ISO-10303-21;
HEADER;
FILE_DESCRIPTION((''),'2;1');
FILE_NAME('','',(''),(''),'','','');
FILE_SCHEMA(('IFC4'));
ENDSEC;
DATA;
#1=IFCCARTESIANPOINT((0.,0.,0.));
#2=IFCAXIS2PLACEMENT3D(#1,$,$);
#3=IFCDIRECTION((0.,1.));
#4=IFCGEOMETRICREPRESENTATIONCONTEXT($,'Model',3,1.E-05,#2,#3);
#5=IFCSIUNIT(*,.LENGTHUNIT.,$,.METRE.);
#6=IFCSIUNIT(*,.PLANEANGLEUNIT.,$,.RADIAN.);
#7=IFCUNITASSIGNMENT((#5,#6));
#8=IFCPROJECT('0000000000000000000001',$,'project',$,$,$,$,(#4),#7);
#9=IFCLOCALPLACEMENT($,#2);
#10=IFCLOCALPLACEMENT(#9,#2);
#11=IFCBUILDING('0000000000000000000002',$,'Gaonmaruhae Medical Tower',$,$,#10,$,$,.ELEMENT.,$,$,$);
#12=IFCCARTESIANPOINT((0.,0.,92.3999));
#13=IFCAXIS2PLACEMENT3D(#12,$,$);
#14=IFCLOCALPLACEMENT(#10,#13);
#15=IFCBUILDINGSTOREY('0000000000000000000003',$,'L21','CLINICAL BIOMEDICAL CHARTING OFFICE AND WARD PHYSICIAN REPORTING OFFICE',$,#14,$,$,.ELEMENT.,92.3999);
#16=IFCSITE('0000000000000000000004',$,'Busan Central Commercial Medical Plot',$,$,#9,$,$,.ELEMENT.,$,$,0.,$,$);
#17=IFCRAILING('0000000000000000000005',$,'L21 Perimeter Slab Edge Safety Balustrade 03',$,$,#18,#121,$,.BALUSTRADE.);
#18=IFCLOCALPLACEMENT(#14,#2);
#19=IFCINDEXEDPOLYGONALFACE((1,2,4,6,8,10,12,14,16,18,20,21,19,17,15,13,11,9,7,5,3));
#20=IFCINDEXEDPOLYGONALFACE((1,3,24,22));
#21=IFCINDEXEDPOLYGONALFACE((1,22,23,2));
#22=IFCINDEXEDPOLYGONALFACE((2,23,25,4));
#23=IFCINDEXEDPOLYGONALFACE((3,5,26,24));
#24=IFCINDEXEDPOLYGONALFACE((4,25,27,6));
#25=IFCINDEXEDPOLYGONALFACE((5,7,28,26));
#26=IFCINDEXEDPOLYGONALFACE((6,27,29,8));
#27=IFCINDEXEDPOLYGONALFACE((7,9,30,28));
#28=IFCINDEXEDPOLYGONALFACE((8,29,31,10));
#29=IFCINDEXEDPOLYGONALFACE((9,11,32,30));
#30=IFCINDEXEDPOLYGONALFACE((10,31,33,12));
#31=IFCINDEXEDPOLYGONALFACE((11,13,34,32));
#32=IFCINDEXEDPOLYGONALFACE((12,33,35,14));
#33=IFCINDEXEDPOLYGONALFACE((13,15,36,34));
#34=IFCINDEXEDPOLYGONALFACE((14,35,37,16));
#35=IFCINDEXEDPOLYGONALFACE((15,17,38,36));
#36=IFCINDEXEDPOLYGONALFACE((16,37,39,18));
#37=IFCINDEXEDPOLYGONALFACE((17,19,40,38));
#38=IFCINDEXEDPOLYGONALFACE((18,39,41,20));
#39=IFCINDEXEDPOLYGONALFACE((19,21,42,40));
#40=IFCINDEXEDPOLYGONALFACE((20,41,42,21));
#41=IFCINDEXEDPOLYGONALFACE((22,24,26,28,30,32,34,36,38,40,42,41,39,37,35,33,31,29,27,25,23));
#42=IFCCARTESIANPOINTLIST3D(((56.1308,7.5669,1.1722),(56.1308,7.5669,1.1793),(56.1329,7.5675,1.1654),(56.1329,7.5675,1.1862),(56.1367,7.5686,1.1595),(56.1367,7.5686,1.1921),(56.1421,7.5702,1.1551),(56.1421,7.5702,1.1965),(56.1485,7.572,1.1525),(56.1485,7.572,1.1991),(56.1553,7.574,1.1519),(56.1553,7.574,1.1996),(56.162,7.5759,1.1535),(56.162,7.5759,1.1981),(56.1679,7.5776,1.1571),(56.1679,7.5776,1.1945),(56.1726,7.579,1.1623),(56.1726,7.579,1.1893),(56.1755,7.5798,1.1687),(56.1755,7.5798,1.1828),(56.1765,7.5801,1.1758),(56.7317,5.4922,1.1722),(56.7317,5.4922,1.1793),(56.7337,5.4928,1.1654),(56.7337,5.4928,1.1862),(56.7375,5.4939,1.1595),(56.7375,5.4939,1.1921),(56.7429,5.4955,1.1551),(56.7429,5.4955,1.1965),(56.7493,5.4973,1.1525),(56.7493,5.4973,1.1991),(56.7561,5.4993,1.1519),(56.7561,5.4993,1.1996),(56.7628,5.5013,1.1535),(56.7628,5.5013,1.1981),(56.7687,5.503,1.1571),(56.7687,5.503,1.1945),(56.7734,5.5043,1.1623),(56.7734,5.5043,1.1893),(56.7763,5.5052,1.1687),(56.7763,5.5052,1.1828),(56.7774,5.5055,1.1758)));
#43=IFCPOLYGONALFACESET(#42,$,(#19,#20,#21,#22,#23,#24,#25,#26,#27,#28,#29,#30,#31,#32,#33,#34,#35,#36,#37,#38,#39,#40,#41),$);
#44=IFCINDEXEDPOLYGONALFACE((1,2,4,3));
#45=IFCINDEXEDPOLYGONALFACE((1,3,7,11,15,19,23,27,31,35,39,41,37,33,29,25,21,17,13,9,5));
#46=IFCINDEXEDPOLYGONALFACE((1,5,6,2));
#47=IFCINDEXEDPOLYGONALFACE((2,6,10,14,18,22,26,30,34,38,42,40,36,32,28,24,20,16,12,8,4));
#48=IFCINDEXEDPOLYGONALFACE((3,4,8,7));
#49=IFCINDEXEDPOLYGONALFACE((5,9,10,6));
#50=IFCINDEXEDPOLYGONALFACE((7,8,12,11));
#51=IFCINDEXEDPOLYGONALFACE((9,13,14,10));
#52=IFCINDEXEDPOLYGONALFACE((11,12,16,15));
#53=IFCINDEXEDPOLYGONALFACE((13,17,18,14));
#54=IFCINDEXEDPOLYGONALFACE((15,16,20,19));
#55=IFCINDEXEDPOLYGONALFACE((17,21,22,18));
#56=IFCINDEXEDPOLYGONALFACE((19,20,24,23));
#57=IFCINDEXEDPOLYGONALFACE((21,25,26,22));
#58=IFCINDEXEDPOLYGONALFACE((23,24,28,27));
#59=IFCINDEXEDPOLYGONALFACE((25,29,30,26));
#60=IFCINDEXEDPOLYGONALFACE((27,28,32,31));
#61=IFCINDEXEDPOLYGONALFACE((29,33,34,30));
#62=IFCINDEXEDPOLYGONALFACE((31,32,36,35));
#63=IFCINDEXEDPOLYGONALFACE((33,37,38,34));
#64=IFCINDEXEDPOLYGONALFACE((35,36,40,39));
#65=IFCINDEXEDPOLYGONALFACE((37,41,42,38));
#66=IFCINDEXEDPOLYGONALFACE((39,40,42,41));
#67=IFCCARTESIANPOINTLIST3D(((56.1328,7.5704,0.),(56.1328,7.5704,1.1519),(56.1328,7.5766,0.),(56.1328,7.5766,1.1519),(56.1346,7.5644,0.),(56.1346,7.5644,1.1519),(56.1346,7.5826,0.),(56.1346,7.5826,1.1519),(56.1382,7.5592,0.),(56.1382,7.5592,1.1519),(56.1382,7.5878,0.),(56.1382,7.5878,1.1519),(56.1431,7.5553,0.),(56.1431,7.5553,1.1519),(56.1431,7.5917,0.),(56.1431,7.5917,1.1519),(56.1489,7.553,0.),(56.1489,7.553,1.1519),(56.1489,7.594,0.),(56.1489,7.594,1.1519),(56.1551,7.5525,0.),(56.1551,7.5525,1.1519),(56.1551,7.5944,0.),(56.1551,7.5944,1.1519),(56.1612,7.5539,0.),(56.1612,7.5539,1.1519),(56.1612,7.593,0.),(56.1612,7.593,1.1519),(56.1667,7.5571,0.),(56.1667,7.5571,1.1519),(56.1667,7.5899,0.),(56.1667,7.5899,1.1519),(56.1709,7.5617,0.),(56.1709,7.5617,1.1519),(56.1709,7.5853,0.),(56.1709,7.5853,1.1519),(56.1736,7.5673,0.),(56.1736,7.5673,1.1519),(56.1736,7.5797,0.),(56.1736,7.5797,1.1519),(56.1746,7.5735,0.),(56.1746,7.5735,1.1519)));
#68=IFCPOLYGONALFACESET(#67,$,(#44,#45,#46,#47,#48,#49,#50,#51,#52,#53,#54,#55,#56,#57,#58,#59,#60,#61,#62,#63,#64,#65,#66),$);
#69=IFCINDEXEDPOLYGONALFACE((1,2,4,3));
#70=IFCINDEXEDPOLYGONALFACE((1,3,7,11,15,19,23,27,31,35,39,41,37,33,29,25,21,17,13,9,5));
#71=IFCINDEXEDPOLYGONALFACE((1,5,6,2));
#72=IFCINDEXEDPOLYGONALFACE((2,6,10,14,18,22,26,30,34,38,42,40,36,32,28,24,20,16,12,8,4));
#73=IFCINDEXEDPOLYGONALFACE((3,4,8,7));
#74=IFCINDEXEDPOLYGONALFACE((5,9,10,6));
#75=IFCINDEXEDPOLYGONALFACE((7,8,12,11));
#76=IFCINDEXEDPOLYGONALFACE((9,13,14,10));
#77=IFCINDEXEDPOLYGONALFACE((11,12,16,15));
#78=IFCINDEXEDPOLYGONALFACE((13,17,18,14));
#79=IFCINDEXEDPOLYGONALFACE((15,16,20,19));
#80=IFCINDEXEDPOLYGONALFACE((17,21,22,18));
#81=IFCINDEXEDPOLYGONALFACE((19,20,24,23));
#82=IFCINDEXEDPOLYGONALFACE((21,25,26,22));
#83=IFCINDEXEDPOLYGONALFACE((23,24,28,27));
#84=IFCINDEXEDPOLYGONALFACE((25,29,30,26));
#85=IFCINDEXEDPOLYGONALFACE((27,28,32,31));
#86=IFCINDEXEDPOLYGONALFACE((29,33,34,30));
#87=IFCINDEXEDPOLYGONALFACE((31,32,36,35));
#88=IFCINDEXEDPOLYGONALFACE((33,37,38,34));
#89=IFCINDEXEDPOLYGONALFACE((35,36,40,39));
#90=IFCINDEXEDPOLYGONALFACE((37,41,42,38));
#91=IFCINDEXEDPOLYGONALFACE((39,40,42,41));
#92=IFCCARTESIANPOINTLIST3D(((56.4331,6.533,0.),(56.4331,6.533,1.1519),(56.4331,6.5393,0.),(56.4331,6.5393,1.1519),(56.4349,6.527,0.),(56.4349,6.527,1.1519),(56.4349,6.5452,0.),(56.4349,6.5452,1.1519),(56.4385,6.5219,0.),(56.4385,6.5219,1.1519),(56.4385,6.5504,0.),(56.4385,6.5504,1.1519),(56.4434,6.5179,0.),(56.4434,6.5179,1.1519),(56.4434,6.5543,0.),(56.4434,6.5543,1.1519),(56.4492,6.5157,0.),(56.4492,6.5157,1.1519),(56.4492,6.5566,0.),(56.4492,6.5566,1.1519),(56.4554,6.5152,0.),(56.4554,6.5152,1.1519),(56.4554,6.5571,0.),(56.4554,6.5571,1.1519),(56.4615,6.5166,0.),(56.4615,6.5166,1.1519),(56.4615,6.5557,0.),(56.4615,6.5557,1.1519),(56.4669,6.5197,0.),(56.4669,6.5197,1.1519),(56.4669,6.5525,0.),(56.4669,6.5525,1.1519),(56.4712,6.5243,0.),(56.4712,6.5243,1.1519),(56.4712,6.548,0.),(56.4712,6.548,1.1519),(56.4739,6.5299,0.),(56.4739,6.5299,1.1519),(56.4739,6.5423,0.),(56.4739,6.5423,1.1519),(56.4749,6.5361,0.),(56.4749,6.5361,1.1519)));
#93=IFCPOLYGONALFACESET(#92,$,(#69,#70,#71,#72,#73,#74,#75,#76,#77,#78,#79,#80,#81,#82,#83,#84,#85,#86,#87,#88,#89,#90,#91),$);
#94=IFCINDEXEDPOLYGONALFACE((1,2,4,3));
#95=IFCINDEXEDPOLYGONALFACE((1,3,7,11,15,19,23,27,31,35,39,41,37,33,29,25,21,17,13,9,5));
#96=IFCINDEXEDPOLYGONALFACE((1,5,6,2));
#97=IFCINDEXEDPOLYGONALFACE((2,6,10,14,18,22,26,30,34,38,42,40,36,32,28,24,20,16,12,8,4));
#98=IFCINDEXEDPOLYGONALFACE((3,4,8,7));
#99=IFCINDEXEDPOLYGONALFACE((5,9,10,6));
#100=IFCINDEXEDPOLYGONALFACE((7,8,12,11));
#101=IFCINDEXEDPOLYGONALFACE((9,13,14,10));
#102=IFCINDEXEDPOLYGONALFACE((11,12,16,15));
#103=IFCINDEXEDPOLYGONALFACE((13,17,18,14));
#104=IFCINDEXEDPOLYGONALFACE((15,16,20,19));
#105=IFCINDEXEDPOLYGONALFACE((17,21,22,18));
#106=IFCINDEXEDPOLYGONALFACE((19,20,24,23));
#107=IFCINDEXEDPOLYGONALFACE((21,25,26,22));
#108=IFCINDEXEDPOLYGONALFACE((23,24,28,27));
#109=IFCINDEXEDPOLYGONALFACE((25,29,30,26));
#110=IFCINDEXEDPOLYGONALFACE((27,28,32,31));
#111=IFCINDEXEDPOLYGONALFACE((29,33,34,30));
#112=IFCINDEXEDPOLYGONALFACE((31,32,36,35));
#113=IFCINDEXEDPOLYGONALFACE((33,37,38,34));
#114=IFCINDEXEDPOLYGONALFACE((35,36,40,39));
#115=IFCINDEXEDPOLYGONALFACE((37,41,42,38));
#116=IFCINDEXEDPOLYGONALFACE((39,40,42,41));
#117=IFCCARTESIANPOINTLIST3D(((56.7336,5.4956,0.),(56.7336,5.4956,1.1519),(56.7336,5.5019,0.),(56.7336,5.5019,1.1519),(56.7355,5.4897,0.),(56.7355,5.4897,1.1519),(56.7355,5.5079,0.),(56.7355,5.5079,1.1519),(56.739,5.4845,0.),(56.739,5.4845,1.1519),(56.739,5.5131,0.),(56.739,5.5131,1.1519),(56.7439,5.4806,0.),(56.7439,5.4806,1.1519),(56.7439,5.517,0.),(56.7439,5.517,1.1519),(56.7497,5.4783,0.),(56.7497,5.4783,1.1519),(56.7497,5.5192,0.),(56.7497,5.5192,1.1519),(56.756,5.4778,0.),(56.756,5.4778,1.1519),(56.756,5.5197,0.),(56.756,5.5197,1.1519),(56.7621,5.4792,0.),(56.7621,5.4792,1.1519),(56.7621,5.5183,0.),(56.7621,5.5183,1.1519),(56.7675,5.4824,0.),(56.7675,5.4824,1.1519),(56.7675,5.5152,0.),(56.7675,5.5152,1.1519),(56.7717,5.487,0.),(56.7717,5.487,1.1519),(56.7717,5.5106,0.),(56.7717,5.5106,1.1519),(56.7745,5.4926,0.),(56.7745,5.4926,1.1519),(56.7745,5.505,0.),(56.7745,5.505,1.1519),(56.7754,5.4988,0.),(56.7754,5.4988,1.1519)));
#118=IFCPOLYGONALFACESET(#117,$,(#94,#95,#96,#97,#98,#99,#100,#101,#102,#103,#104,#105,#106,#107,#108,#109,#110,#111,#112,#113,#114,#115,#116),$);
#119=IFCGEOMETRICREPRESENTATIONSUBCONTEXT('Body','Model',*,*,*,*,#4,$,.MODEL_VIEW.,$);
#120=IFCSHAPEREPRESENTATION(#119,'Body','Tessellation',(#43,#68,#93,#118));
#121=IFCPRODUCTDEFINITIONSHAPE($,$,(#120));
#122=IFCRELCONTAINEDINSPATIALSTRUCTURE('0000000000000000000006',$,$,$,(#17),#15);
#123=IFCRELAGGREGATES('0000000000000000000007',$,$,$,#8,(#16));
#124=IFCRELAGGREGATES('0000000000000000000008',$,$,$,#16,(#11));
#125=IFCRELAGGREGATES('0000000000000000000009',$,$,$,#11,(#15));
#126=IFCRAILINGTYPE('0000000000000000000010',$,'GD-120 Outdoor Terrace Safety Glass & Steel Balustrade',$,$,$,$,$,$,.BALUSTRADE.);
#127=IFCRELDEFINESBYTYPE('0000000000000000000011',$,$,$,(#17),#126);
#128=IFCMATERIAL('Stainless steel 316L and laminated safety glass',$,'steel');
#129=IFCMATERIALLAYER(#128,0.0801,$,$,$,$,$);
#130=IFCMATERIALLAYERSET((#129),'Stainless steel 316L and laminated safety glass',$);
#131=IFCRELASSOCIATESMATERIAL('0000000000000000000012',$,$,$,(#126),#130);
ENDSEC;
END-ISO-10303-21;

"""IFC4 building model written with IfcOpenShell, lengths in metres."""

from ifc_helpers import new_model, si_unit, direction, frame, origin, origin_2d, place, context, subcontext, project, spatial, circle, extrude, material, layer, layer_set, type_object, element, save


model = new_model("IFC4")

# Units and contexts
model_context = context("Model", 3, precision=1e-05, world=origin(), true_north=direction((0.0, 1.0)))
body_context = subcontext(model_context, "Body", "Model", "MODEL_VIEW")
ifc_project = project(units=[si_unit("LENGTHUNIT", "METRE"), si_unit("PLANEANGLEUNIT", "RADIAN")], contexts=[model_context])

# Site, building, storey
site_placement = place(None, origin())
site = spatial("IfcSite", under=ifc_project, at=site_placement, Name="Busan Central Commercial Medical Plot", CompositionType="ELEMENT", RefElevation=0.0)
building_placement = place(site_placement, origin())
building = spatial("IfcBuilding", under=site, at=building_placement, Name="Gaonmaruhae Medical Tower", CompositionType="ELEMENT")
storey_placement = place(building_placement, frame((0.0, 0.0, 92.3999)))
storey = spatial("IfcBuildingStorey", under=building, at=storey_placement, Name="L21", Description="CLINICAL BIOMEDICAL CHARTING OFFICE AND WARD PHYSICIAN REPORTING OFFICE", CompositionType="ELEMENT", Elevation=92.3999)

# Railing
ifc_material_1 = material(Name="Stainless steel 316L and laminated safety glass", Category="steel")
ifc_layer_1 = layer(ifc_material_1, 0.0801)
ifc_layer_set_1 = layer_set([ifc_layer_1], Name="Stainless steel 316L and laminated safety glass")
railing_type = type_object("IfcRailingType", Name="GD-120 Outdoor Terrace Safety Glass & Steel Balustrade", PredefinedType="BALUSTRADE", material=ifc_layer_set_1)
railing_1_placement = place(storey_placement, frame((56.1536, 7.5735, 0.0)))
element("IfcRailing", 1, at=railing_1_placement, inside=storey, type_object=railing_type, Name="L21 Perimeter Slab Edge Safety Balustrade 03", PredefinedType="BALUSTRADE", context=body_context, shape_type="SweptSolid", body=[
    extrude(circle(Radius=0.0239, at=origin_2d()), frame((0.0, 0.0, 1.1758), z_axis=(0.278168, -0.960532, 0.0), x_axis=(0.960532, 0.278168, 0.0)), (0.0, 0.0, 1.0), 2.1599),
    extrude(circle(Radius=0.021, at=origin_2d()), origin(), (0.0, 0.0, 1.0), 1.1519),
    extrude(circle(Radius=0.021, at=origin_2d()), frame((0.3003, -1.0374, 0.0)), (0.0, 0.0, 1.0), 1.1519),
    extrude(circle(Radius=0.021, at=origin_2d()), frame((0.6008, -2.0747, 0.0)), (0.0, 0.0, 1.0), 1.1519),
])

save(model, "model.ifc")
